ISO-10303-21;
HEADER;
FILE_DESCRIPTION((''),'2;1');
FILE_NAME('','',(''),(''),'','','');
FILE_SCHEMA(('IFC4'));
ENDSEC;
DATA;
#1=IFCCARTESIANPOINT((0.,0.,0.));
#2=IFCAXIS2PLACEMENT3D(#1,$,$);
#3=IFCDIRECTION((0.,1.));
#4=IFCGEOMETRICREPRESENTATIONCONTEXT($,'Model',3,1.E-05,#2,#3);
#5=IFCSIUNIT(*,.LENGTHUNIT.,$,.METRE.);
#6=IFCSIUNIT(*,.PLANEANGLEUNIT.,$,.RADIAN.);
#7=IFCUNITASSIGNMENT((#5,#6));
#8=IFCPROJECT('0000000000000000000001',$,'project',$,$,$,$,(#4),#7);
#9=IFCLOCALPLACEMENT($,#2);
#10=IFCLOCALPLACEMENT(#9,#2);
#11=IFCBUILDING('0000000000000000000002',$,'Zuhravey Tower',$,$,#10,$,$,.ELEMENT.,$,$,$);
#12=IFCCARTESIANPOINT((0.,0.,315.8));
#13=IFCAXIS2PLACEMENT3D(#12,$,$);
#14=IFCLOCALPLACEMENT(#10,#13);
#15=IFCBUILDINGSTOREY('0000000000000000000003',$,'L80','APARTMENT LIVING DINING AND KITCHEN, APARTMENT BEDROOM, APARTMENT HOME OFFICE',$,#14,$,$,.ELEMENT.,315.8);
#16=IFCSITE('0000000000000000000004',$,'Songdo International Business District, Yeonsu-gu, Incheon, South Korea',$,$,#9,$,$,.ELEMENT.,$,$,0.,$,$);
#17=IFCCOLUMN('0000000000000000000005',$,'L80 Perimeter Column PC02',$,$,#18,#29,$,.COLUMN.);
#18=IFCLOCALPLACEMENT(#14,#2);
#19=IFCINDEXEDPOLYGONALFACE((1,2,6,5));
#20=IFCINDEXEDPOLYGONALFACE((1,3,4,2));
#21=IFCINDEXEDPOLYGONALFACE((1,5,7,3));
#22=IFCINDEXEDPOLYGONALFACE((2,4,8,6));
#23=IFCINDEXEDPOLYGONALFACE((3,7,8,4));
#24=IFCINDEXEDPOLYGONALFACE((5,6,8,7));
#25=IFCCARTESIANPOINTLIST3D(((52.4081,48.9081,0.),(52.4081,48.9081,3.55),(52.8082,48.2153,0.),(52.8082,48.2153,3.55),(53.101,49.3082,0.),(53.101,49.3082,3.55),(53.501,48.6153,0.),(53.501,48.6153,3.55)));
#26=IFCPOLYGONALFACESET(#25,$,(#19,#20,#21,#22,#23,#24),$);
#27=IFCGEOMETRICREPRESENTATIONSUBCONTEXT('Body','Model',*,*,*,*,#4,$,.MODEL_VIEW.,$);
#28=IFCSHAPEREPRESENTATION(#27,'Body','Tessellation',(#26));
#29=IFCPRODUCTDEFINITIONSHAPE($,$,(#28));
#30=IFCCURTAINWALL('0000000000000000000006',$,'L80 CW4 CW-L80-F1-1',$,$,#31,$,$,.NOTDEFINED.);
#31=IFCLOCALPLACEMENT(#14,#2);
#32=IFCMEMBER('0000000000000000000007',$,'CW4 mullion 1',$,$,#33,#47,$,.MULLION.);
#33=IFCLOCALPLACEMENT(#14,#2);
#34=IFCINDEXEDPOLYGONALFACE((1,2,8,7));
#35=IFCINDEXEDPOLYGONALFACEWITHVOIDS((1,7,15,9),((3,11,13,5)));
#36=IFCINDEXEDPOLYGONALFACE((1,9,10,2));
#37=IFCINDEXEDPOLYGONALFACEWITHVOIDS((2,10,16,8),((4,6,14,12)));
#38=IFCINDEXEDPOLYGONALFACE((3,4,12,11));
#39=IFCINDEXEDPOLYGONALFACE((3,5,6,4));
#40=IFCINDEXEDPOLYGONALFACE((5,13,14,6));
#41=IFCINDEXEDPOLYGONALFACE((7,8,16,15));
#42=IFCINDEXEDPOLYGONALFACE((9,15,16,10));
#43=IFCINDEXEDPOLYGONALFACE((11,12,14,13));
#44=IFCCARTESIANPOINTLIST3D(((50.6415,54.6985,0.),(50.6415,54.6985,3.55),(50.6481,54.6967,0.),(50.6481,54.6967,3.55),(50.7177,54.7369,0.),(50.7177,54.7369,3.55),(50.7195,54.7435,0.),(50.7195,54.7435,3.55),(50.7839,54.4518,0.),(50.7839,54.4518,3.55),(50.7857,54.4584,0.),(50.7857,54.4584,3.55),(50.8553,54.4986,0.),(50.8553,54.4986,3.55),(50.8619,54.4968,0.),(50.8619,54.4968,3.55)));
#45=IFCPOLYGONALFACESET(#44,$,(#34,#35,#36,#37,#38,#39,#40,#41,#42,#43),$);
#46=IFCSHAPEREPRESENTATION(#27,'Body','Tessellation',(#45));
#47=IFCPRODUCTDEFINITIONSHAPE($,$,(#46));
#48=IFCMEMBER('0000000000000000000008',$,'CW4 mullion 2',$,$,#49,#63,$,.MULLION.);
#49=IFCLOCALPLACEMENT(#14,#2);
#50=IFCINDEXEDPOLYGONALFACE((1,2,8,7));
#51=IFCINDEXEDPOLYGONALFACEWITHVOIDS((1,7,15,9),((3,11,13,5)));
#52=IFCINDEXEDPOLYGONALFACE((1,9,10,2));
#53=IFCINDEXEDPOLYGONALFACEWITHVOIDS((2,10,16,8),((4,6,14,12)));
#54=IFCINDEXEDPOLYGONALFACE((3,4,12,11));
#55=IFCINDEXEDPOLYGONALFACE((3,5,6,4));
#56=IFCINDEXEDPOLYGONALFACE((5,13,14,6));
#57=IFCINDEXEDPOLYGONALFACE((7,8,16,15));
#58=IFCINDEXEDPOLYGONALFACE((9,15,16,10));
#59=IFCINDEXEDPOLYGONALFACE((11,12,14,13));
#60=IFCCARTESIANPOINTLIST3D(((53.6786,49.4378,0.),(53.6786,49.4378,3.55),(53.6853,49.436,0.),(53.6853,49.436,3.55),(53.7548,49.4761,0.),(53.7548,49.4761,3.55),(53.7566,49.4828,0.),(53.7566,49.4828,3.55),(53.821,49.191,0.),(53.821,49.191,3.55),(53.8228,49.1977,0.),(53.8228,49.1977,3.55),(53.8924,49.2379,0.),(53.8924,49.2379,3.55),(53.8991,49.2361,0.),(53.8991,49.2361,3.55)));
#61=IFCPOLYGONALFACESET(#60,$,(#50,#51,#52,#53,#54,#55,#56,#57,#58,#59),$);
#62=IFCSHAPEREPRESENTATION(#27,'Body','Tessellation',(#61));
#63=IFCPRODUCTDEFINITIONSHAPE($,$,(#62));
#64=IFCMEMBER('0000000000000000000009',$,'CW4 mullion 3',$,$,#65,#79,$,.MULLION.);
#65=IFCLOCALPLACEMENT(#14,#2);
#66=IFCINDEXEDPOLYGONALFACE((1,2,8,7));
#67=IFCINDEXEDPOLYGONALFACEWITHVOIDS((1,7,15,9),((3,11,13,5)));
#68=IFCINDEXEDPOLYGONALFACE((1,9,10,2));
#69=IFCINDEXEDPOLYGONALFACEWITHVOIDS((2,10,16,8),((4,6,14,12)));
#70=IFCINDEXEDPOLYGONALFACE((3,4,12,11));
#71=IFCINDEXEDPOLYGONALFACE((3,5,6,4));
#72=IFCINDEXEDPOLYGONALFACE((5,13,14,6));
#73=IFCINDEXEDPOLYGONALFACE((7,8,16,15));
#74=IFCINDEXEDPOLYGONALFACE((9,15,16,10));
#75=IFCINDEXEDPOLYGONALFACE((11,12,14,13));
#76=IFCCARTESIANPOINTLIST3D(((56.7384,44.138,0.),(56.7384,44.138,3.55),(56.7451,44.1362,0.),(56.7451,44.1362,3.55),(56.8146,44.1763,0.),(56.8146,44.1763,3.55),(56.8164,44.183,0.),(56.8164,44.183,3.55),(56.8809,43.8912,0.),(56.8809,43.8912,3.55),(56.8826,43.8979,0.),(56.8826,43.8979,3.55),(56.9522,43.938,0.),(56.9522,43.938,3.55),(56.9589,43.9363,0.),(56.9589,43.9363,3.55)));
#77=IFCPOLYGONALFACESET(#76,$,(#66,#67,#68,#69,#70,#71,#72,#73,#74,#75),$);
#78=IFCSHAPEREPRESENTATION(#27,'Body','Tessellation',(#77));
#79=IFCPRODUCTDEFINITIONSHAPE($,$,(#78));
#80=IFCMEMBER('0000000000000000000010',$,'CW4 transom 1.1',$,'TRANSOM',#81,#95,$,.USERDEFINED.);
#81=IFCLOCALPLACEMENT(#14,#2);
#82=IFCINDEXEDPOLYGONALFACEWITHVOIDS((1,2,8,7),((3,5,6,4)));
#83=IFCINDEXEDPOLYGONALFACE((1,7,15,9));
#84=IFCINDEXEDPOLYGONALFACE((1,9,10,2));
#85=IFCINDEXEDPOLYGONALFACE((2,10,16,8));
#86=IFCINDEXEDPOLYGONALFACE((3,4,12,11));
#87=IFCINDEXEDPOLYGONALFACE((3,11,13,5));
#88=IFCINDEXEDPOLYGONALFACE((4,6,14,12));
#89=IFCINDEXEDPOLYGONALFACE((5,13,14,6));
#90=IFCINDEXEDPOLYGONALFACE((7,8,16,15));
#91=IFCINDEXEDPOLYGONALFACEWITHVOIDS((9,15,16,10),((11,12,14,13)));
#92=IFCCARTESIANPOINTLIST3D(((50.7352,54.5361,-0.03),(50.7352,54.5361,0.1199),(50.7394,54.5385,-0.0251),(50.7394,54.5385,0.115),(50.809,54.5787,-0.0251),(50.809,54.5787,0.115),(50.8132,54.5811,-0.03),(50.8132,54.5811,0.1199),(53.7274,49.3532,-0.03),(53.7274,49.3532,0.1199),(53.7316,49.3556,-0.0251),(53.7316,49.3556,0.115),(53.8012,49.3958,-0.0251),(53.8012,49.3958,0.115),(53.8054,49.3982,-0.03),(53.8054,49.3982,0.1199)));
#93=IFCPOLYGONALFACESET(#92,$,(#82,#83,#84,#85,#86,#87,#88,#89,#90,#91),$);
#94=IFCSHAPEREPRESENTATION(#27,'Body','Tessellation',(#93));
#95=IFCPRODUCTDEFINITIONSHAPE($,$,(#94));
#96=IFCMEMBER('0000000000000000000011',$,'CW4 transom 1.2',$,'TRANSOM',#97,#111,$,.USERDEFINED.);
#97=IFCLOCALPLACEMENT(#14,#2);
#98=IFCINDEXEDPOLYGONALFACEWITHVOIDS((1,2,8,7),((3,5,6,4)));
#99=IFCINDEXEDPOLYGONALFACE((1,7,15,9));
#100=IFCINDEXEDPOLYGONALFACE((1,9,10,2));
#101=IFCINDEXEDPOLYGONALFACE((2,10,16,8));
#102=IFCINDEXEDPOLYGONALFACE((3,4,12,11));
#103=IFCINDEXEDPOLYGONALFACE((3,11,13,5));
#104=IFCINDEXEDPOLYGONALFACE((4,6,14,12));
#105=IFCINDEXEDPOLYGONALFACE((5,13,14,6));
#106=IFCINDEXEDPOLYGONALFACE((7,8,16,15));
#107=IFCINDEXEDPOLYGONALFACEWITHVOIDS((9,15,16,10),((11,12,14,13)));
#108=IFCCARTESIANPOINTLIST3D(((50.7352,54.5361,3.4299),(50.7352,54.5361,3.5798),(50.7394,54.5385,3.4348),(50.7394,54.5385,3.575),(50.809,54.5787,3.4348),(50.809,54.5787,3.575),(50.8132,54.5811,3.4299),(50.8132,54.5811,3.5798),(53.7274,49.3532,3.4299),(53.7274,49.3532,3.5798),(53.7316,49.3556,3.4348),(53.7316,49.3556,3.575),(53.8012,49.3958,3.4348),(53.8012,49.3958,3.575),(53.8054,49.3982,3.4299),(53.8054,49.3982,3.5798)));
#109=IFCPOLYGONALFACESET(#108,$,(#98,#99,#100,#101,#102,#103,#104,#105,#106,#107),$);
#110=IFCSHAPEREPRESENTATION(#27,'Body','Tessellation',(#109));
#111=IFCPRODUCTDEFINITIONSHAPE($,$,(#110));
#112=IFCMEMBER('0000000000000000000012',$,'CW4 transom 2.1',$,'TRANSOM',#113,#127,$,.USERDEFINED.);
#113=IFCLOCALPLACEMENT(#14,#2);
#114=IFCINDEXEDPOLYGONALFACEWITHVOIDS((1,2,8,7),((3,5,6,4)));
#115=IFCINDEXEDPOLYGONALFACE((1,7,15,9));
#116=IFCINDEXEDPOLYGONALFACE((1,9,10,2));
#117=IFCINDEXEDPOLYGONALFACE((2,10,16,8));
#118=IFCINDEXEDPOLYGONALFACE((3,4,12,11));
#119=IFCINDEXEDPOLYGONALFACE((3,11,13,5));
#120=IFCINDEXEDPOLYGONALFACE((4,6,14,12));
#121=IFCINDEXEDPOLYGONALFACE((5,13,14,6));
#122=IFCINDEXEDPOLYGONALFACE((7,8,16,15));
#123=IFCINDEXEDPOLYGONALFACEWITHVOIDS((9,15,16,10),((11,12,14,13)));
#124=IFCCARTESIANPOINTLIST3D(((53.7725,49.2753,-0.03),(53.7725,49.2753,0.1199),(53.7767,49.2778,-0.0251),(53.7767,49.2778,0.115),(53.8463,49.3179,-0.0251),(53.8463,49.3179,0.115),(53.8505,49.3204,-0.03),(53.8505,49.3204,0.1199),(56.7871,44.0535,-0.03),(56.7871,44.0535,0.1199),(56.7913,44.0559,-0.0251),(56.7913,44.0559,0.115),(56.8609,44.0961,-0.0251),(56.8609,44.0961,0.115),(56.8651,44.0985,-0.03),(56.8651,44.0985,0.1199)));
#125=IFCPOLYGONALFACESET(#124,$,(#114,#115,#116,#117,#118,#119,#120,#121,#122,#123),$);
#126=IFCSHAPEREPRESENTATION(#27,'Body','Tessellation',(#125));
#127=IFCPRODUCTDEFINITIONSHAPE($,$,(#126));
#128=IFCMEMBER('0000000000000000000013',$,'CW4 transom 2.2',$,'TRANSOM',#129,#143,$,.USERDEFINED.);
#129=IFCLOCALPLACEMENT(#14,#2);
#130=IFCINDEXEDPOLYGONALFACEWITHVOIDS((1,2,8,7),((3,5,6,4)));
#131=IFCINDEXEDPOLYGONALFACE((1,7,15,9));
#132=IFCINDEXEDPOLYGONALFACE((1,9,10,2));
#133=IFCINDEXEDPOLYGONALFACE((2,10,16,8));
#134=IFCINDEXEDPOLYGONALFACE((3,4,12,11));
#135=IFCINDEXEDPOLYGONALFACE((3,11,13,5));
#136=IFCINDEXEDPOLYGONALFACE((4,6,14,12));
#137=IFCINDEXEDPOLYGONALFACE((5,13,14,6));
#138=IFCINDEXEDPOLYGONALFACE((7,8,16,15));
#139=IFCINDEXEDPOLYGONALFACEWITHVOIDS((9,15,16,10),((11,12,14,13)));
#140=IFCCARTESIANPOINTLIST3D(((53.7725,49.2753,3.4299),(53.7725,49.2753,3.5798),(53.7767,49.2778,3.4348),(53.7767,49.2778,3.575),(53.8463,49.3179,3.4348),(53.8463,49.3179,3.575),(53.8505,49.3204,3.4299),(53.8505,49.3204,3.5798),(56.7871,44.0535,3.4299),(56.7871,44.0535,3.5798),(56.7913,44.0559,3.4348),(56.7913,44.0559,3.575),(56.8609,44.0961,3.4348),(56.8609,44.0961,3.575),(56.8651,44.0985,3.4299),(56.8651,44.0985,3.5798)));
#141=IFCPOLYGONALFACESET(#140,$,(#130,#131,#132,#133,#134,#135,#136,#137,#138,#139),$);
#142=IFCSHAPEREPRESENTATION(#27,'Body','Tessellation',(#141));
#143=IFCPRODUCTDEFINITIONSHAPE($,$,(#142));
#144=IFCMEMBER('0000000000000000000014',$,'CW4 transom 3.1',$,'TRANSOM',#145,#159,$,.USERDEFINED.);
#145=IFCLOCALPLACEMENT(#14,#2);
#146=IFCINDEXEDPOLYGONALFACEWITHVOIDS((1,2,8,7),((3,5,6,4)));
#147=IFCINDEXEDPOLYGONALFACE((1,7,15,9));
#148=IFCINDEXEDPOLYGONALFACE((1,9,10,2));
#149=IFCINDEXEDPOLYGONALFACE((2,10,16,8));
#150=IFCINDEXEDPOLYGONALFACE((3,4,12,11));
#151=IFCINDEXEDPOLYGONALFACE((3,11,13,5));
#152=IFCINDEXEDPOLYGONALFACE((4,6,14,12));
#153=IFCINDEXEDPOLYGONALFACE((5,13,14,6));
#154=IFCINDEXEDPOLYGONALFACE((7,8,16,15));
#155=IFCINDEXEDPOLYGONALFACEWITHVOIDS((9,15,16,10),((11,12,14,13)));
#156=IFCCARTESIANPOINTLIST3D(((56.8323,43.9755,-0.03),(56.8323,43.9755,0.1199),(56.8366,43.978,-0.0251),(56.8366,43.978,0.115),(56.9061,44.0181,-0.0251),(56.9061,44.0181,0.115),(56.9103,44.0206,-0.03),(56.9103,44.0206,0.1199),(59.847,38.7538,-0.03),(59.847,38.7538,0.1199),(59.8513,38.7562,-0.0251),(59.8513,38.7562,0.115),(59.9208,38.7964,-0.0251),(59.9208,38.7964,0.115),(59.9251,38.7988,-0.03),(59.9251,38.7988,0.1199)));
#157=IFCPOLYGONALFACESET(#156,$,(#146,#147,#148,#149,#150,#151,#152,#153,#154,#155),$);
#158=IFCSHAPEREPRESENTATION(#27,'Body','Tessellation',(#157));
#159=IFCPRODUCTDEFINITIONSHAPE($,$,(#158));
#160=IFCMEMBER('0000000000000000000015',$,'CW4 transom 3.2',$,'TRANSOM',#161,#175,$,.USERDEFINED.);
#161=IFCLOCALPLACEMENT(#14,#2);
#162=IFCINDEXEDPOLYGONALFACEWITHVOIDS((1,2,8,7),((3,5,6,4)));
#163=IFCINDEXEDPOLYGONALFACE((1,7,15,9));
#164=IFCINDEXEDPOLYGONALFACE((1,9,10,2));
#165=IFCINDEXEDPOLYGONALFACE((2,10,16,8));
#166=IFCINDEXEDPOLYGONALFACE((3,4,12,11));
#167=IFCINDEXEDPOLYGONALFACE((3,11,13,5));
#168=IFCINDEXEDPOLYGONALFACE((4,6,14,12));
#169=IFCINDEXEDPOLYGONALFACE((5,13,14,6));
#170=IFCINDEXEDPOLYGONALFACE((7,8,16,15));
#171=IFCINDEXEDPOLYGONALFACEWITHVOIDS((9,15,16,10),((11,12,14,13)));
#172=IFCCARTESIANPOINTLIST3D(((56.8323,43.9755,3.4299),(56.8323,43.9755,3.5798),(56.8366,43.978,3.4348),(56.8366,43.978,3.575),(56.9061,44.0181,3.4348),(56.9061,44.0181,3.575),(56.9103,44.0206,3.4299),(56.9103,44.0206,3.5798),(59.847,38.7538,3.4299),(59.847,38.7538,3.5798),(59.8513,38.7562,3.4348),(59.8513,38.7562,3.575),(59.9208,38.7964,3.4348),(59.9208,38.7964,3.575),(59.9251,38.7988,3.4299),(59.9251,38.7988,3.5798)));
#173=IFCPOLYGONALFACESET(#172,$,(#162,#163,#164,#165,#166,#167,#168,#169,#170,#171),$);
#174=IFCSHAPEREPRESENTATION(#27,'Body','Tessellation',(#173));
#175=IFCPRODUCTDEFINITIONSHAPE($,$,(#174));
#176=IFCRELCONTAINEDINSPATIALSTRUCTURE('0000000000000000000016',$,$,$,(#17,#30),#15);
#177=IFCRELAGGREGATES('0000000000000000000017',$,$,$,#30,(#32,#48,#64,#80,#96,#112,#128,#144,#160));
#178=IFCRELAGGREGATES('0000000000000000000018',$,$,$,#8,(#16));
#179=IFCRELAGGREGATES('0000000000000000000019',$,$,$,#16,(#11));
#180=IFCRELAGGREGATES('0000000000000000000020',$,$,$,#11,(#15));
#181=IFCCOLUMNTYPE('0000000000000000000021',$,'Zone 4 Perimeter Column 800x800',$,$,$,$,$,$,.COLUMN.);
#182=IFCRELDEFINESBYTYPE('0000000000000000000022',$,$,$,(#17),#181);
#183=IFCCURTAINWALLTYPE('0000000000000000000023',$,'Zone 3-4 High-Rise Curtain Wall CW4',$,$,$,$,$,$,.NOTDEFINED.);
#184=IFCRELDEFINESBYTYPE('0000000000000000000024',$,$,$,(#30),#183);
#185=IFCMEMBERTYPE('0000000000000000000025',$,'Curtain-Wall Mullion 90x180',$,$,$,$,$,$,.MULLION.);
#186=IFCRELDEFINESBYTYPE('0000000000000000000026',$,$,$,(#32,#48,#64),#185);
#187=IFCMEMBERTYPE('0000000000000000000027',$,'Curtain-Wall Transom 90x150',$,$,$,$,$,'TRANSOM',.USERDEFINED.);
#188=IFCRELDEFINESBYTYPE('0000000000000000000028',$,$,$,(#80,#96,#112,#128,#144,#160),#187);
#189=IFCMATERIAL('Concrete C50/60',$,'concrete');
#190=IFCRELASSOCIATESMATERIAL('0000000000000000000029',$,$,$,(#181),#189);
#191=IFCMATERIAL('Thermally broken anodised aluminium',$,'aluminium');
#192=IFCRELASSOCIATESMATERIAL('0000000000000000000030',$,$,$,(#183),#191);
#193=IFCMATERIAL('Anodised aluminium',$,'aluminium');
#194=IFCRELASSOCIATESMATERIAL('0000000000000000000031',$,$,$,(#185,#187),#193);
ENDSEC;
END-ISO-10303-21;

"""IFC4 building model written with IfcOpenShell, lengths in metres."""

from ifc_helpers import new_model, si_unit, direction, frame, origin, origin_2d, place, context, subcontext, project, spatial, rectangle, hollow_rectangle, extrude, material, material_profile, profile_set, type_object, element, aggregate, save


model = new_model("IFC4")

# Units and contexts
model_context = context("Model", 3, precision=1e-05, world=origin(), true_north=direction((0.0, 1.0)))
body_context = subcontext(model_context, "Body", "Model", "MODEL_VIEW")
ifc_project = project(units=[si_unit("LENGTHUNIT", "METRE"), si_unit("PLANEANGLEUNIT", "RADIAN")], contexts=[model_context])

# Site, building, storey
site_placement = place(None, origin())
site = spatial("IfcSite", under=ifc_project, at=site_placement, Name="Songdo International Business District, Yeonsu-gu, Incheon, South Korea", CompositionType="ELEMENT", RefElevation=0.0)
building_placement = place(site_placement, origin())
building = spatial("IfcBuilding", under=site, at=building_placement, Name="Zuhravey Tower", CompositionType="ELEMENT")
storey_placement = place(building_placement, frame((0.0, 0.0, 315.8)))
storey = spatial("IfcBuildingStorey", under=building, at=storey_placement, Name="L80", Description="APARTMENT LIVING DINING AND KITCHEN, APARTMENT BEDROOM, APARTMENT HOME OFFICE", CompositionType="ELEMENT", Elevation=315.8)

# Column
ifc_material_1 = material(Name="Concrete C50/60", Category="concrete")
ifc_material_profile_1 = material_profile(ifc_material_1, rectangle(XDim=0.8, YDim=0.8, at=origin_2d()), Name="RC-800x800")
ifc_profile_set_1 = profile_set([ifc_material_profile_1], Name="Concrete C50/60")
column_type = type_object("IfcColumnType", Name="Zone 4 Perimeter Column 800x800", PredefinedType="COLUMN", material=ifc_profile_set_1)
column_placement = place(storey_placement, frame((52.9546, 48.7617, 0.0), z_axis=(0.0, 0.0, 1.0), x_axis=(-0.5, 0.866025, 0.0)))
element("IfcColumn", 1, at=column_placement, inside=storey, type_object=column_type, Name="L80 Perimeter Column PC02", PredefinedType="COLUMN", context=body_context, shape_type="SweptSolid", body=[
    extrude(rectangle(XDim=0.8, YDim=0.8, at=origin_2d()), origin(), (0.0, 0.0, 1.0), 3.55),
])

# Curtain wall, members
ifc_material_2 = material(Name="Thermally broken anodised aluminium", Category="aluminium")
curtain_wall_type = type_object("IfcCurtainWallType", Name="Zone 3-4 High-Rise Curtain Wall CW4", PredefinedType="NOTDEFINED", material=ifc_material_2)
curtain_wall_placement = place(storey_placement, origin())
curtain_wall = element("IfcCurtainWall", 2, at=curtain_wall_placement, inside=storey, type_object=curtain_wall_type, Name="L80 CW4 CW-L80-F1-1", PredefinedType="NOTDEFINED")
ifc_material_3 = material(Name="Anodised aluminium", Category="aluminium")
ifc_material_profile_2 = material_profile(ifc_material_3, hollow_rectangle(XDim=0.0901, YDim=0.2849, WallThickness=0.0049, at=origin_2d()), Name="ALU-RHS-90x285x5")
ifc_profile_set_2 = profile_set([ifc_material_profile_2], Name="Anodised aluminium")
member_type_1 = type_object("IfcMemberType", Name="Curtain-Wall Mullion 90x180", PredefinedType="MULLION", material=ifc_profile_set_2)
member_1_placement = place(storey_placement, frame((50.7517, 54.5977, 0.0), z_axis=(0.0, 0.0, 1.0), x_axis=(0.866026, 0.5, 0.0)))
member_1 = element("IfcMember", 3, at=member_1_placement, type_object=member_type_1, Name="CW4 mullion 1", PredefinedType="MULLION", context=body_context, shape_type="SweptSolid", body=[
    extrude(hollow_rectangle(XDim=0.0901, YDim=0.2849, WallThickness=0.0049, at=origin_2d()), origin(), (0.0, 0.0, 1.0), 3.55),
])
member_2_placement = place(storey_placement, frame((53.7888, 49.3369, 0.0), z_axis=(0.0, 0.0, 1.0), x_axis=(0.866026, 0.5, 0.0)))
member_2 = element("IfcMember", 4, at=member_2_placement, type_object=member_type_1, Name="CW4 mullion 2", PredefinedType="MULLION", context=body_context, shape_type="SweptSolid", body=[
    extrude(hollow_rectangle(XDim=0.0901, YDim=0.2849, WallThickness=0.0049, at=origin_2d()), origin(), (0.0, 0.0, 1.0), 3.55),
])
member_3_placement = place(storey_placement, frame((56.8486, 44.0371, 0.0), z_axis=(0.0, 0.0, 1.0), x_axis=(0.866026, 0.5, 0.0)))
member_3 = element("IfcMember", 5, at=member_3_placement, type_object=member_type_1, Name="CW4 mullion 3", PredefinedType="MULLION", context=body_context, shape_type="SweptSolid", body=[
    extrude(hollow_rectangle(XDim=0.0901, YDim=0.2849, WallThickness=0.0049, at=origin_2d()), origin(), (0.0, 0.0, 1.0), 3.55),
])
ifc_material_profile_3 = material_profile(ifc_material_3, hollow_rectangle(XDim=0.0901, YDim=0.1499, WallThickness=0.0049, at=origin_2d()), Name="ALU-RHS-90x150x5")
ifc_profile_set_3 = profile_set([ifc_material_profile_3], Name="Anodised aluminium")
member_type_2 = type_object("IfcMemberType", Name="Curtain-Wall Transom 90x150", ElementType="TRANSOM", PredefinedType="USERDEFINED", material=ifc_profile_set_3)
member_4_placement = place(storey_placement, frame((50.7742, 54.5586, 0.0449), z_axis=(0.499983, -0.866035, 0.0), x_axis=(0.866035, 0.499983, 0.0)))
member_4 = element("IfcMember", 6, at=member_4_placement, type_object=member_type_2, Name="CW4 transom 1.1", ObjectType="TRANSOM", PredefinedType="USERDEFINED", context=body_context, shape_type="SweptSolid", body=[
    extrude(hollow_rectangle(XDim=0.0901, YDim=0.1499, WallThickness=0.0049, at=origin_2d()), origin(), (0.0, 0.0, 1.0), 5.9846),
])
member_5_placement = place(storey_placement, frame((50.7742, 54.5586, 3.5049), z_axis=(0.499983, -0.866035, 0.0), x_axis=(0.866035, 0.499983, 0.0)))
member_5 = element("IfcMember", 7, at=member_5_placement, type_object=member_type_2, Name="CW4 transom 1.2", ObjectType="TRANSOM", PredefinedType="USERDEFINED", context=body_context, shape_type="SweptSolid", body=[
    extrude(hollow_rectangle(XDim=0.0901, YDim=0.1499, WallThickness=0.0049, at=origin_2d()), origin(), (0.0, 0.0, 1.0), 5.9846),
])
member_6_placement = place(storey_placement, frame((53.8115, 49.2979, 0.0449), z_axis=(0.499971, -0.866042, 0.0), x_axis=(0.866042, 0.499971, 0.0)))
member_6 = element("IfcMember", 8, at=member_6_placement, type_object=member_type_2, Name="CW4 transom 2.1", ObjectType="TRANSOM", PredefinedType="USERDEFINED", context=body_context, shape_type="SweptSolid", body=[
    extrude(hollow_rectangle(XDim=0.0901, YDim=0.1499, WallThickness=0.0049, at=origin_2d()), origin(), (0.0, 0.0, 1.0), 6.0295),
])
member_7_placement = place(storey_placement, frame((53.8115, 49.2979, 3.5049), z_axis=(0.499971, -0.866042, 0.0), x_axis=(0.866042, 0.499971, 0.0)))
member_7 = element("IfcMember", 9, at=member_7_placement, type_object=member_type_2, Name="CW4 transom 2.2", ObjectType="TRANSOM", PredefinedType="USERDEFINED", context=body_context, shape_type="SweptSolid", body=[
    extrude(hollow_rectangle(XDim=0.0901, YDim=0.1499, WallThickness=0.0049, at=origin_2d()), origin(), (0.0, 0.0, 1.0), 6.0295),
])
member_8_placement = place(storey_placement, frame((56.8713, 43.998, 0.0449), z_axis=(0.499989, -0.866032, 0.0), x_axis=(0.866032, 0.499989, 0.0)))
member_8 = element("IfcMember", 10, at=member_8_placement, type_object=member_type_2, Name="CW4 transom 3.1", ObjectType="TRANSOM", PredefinedType="USERDEFINED", context=body_context, shape_type="SweptSolid", body=[
    extrude(hollow_rectangle(XDim=0.0901, YDim=0.1499, WallThickness=0.0049, at=origin_2d()), origin(), (0.0, 0.0, 1.0), 6.0295),
])
member_9_placement = place(storey_placement, frame((56.8713, 43.998, 3.5049), z_axis=(0.499989, -0.866032, 0.0), x_axis=(0.866032, 0.499989, 0.0)))
member_9 = element("IfcMember", 11, at=member_9_placement, type_object=member_type_2, Name="CW4 transom 3.2", ObjectType="TRANSOM", PredefinedType="USERDEFINED", context=body_context, shape_type="SweptSolid", body=[
    extrude(hollow_rectangle(XDim=0.0901, YDim=0.1499, WallThickness=0.0049, at=origin_2d()), origin(), (0.0, 0.0, 1.0), 6.0295),
])

aggregate(curtain_wall, [member_1, member_2, member_3, member_4, member_5, member_6, member_7, member_8, member_9])

save(model, "model.ifc")
